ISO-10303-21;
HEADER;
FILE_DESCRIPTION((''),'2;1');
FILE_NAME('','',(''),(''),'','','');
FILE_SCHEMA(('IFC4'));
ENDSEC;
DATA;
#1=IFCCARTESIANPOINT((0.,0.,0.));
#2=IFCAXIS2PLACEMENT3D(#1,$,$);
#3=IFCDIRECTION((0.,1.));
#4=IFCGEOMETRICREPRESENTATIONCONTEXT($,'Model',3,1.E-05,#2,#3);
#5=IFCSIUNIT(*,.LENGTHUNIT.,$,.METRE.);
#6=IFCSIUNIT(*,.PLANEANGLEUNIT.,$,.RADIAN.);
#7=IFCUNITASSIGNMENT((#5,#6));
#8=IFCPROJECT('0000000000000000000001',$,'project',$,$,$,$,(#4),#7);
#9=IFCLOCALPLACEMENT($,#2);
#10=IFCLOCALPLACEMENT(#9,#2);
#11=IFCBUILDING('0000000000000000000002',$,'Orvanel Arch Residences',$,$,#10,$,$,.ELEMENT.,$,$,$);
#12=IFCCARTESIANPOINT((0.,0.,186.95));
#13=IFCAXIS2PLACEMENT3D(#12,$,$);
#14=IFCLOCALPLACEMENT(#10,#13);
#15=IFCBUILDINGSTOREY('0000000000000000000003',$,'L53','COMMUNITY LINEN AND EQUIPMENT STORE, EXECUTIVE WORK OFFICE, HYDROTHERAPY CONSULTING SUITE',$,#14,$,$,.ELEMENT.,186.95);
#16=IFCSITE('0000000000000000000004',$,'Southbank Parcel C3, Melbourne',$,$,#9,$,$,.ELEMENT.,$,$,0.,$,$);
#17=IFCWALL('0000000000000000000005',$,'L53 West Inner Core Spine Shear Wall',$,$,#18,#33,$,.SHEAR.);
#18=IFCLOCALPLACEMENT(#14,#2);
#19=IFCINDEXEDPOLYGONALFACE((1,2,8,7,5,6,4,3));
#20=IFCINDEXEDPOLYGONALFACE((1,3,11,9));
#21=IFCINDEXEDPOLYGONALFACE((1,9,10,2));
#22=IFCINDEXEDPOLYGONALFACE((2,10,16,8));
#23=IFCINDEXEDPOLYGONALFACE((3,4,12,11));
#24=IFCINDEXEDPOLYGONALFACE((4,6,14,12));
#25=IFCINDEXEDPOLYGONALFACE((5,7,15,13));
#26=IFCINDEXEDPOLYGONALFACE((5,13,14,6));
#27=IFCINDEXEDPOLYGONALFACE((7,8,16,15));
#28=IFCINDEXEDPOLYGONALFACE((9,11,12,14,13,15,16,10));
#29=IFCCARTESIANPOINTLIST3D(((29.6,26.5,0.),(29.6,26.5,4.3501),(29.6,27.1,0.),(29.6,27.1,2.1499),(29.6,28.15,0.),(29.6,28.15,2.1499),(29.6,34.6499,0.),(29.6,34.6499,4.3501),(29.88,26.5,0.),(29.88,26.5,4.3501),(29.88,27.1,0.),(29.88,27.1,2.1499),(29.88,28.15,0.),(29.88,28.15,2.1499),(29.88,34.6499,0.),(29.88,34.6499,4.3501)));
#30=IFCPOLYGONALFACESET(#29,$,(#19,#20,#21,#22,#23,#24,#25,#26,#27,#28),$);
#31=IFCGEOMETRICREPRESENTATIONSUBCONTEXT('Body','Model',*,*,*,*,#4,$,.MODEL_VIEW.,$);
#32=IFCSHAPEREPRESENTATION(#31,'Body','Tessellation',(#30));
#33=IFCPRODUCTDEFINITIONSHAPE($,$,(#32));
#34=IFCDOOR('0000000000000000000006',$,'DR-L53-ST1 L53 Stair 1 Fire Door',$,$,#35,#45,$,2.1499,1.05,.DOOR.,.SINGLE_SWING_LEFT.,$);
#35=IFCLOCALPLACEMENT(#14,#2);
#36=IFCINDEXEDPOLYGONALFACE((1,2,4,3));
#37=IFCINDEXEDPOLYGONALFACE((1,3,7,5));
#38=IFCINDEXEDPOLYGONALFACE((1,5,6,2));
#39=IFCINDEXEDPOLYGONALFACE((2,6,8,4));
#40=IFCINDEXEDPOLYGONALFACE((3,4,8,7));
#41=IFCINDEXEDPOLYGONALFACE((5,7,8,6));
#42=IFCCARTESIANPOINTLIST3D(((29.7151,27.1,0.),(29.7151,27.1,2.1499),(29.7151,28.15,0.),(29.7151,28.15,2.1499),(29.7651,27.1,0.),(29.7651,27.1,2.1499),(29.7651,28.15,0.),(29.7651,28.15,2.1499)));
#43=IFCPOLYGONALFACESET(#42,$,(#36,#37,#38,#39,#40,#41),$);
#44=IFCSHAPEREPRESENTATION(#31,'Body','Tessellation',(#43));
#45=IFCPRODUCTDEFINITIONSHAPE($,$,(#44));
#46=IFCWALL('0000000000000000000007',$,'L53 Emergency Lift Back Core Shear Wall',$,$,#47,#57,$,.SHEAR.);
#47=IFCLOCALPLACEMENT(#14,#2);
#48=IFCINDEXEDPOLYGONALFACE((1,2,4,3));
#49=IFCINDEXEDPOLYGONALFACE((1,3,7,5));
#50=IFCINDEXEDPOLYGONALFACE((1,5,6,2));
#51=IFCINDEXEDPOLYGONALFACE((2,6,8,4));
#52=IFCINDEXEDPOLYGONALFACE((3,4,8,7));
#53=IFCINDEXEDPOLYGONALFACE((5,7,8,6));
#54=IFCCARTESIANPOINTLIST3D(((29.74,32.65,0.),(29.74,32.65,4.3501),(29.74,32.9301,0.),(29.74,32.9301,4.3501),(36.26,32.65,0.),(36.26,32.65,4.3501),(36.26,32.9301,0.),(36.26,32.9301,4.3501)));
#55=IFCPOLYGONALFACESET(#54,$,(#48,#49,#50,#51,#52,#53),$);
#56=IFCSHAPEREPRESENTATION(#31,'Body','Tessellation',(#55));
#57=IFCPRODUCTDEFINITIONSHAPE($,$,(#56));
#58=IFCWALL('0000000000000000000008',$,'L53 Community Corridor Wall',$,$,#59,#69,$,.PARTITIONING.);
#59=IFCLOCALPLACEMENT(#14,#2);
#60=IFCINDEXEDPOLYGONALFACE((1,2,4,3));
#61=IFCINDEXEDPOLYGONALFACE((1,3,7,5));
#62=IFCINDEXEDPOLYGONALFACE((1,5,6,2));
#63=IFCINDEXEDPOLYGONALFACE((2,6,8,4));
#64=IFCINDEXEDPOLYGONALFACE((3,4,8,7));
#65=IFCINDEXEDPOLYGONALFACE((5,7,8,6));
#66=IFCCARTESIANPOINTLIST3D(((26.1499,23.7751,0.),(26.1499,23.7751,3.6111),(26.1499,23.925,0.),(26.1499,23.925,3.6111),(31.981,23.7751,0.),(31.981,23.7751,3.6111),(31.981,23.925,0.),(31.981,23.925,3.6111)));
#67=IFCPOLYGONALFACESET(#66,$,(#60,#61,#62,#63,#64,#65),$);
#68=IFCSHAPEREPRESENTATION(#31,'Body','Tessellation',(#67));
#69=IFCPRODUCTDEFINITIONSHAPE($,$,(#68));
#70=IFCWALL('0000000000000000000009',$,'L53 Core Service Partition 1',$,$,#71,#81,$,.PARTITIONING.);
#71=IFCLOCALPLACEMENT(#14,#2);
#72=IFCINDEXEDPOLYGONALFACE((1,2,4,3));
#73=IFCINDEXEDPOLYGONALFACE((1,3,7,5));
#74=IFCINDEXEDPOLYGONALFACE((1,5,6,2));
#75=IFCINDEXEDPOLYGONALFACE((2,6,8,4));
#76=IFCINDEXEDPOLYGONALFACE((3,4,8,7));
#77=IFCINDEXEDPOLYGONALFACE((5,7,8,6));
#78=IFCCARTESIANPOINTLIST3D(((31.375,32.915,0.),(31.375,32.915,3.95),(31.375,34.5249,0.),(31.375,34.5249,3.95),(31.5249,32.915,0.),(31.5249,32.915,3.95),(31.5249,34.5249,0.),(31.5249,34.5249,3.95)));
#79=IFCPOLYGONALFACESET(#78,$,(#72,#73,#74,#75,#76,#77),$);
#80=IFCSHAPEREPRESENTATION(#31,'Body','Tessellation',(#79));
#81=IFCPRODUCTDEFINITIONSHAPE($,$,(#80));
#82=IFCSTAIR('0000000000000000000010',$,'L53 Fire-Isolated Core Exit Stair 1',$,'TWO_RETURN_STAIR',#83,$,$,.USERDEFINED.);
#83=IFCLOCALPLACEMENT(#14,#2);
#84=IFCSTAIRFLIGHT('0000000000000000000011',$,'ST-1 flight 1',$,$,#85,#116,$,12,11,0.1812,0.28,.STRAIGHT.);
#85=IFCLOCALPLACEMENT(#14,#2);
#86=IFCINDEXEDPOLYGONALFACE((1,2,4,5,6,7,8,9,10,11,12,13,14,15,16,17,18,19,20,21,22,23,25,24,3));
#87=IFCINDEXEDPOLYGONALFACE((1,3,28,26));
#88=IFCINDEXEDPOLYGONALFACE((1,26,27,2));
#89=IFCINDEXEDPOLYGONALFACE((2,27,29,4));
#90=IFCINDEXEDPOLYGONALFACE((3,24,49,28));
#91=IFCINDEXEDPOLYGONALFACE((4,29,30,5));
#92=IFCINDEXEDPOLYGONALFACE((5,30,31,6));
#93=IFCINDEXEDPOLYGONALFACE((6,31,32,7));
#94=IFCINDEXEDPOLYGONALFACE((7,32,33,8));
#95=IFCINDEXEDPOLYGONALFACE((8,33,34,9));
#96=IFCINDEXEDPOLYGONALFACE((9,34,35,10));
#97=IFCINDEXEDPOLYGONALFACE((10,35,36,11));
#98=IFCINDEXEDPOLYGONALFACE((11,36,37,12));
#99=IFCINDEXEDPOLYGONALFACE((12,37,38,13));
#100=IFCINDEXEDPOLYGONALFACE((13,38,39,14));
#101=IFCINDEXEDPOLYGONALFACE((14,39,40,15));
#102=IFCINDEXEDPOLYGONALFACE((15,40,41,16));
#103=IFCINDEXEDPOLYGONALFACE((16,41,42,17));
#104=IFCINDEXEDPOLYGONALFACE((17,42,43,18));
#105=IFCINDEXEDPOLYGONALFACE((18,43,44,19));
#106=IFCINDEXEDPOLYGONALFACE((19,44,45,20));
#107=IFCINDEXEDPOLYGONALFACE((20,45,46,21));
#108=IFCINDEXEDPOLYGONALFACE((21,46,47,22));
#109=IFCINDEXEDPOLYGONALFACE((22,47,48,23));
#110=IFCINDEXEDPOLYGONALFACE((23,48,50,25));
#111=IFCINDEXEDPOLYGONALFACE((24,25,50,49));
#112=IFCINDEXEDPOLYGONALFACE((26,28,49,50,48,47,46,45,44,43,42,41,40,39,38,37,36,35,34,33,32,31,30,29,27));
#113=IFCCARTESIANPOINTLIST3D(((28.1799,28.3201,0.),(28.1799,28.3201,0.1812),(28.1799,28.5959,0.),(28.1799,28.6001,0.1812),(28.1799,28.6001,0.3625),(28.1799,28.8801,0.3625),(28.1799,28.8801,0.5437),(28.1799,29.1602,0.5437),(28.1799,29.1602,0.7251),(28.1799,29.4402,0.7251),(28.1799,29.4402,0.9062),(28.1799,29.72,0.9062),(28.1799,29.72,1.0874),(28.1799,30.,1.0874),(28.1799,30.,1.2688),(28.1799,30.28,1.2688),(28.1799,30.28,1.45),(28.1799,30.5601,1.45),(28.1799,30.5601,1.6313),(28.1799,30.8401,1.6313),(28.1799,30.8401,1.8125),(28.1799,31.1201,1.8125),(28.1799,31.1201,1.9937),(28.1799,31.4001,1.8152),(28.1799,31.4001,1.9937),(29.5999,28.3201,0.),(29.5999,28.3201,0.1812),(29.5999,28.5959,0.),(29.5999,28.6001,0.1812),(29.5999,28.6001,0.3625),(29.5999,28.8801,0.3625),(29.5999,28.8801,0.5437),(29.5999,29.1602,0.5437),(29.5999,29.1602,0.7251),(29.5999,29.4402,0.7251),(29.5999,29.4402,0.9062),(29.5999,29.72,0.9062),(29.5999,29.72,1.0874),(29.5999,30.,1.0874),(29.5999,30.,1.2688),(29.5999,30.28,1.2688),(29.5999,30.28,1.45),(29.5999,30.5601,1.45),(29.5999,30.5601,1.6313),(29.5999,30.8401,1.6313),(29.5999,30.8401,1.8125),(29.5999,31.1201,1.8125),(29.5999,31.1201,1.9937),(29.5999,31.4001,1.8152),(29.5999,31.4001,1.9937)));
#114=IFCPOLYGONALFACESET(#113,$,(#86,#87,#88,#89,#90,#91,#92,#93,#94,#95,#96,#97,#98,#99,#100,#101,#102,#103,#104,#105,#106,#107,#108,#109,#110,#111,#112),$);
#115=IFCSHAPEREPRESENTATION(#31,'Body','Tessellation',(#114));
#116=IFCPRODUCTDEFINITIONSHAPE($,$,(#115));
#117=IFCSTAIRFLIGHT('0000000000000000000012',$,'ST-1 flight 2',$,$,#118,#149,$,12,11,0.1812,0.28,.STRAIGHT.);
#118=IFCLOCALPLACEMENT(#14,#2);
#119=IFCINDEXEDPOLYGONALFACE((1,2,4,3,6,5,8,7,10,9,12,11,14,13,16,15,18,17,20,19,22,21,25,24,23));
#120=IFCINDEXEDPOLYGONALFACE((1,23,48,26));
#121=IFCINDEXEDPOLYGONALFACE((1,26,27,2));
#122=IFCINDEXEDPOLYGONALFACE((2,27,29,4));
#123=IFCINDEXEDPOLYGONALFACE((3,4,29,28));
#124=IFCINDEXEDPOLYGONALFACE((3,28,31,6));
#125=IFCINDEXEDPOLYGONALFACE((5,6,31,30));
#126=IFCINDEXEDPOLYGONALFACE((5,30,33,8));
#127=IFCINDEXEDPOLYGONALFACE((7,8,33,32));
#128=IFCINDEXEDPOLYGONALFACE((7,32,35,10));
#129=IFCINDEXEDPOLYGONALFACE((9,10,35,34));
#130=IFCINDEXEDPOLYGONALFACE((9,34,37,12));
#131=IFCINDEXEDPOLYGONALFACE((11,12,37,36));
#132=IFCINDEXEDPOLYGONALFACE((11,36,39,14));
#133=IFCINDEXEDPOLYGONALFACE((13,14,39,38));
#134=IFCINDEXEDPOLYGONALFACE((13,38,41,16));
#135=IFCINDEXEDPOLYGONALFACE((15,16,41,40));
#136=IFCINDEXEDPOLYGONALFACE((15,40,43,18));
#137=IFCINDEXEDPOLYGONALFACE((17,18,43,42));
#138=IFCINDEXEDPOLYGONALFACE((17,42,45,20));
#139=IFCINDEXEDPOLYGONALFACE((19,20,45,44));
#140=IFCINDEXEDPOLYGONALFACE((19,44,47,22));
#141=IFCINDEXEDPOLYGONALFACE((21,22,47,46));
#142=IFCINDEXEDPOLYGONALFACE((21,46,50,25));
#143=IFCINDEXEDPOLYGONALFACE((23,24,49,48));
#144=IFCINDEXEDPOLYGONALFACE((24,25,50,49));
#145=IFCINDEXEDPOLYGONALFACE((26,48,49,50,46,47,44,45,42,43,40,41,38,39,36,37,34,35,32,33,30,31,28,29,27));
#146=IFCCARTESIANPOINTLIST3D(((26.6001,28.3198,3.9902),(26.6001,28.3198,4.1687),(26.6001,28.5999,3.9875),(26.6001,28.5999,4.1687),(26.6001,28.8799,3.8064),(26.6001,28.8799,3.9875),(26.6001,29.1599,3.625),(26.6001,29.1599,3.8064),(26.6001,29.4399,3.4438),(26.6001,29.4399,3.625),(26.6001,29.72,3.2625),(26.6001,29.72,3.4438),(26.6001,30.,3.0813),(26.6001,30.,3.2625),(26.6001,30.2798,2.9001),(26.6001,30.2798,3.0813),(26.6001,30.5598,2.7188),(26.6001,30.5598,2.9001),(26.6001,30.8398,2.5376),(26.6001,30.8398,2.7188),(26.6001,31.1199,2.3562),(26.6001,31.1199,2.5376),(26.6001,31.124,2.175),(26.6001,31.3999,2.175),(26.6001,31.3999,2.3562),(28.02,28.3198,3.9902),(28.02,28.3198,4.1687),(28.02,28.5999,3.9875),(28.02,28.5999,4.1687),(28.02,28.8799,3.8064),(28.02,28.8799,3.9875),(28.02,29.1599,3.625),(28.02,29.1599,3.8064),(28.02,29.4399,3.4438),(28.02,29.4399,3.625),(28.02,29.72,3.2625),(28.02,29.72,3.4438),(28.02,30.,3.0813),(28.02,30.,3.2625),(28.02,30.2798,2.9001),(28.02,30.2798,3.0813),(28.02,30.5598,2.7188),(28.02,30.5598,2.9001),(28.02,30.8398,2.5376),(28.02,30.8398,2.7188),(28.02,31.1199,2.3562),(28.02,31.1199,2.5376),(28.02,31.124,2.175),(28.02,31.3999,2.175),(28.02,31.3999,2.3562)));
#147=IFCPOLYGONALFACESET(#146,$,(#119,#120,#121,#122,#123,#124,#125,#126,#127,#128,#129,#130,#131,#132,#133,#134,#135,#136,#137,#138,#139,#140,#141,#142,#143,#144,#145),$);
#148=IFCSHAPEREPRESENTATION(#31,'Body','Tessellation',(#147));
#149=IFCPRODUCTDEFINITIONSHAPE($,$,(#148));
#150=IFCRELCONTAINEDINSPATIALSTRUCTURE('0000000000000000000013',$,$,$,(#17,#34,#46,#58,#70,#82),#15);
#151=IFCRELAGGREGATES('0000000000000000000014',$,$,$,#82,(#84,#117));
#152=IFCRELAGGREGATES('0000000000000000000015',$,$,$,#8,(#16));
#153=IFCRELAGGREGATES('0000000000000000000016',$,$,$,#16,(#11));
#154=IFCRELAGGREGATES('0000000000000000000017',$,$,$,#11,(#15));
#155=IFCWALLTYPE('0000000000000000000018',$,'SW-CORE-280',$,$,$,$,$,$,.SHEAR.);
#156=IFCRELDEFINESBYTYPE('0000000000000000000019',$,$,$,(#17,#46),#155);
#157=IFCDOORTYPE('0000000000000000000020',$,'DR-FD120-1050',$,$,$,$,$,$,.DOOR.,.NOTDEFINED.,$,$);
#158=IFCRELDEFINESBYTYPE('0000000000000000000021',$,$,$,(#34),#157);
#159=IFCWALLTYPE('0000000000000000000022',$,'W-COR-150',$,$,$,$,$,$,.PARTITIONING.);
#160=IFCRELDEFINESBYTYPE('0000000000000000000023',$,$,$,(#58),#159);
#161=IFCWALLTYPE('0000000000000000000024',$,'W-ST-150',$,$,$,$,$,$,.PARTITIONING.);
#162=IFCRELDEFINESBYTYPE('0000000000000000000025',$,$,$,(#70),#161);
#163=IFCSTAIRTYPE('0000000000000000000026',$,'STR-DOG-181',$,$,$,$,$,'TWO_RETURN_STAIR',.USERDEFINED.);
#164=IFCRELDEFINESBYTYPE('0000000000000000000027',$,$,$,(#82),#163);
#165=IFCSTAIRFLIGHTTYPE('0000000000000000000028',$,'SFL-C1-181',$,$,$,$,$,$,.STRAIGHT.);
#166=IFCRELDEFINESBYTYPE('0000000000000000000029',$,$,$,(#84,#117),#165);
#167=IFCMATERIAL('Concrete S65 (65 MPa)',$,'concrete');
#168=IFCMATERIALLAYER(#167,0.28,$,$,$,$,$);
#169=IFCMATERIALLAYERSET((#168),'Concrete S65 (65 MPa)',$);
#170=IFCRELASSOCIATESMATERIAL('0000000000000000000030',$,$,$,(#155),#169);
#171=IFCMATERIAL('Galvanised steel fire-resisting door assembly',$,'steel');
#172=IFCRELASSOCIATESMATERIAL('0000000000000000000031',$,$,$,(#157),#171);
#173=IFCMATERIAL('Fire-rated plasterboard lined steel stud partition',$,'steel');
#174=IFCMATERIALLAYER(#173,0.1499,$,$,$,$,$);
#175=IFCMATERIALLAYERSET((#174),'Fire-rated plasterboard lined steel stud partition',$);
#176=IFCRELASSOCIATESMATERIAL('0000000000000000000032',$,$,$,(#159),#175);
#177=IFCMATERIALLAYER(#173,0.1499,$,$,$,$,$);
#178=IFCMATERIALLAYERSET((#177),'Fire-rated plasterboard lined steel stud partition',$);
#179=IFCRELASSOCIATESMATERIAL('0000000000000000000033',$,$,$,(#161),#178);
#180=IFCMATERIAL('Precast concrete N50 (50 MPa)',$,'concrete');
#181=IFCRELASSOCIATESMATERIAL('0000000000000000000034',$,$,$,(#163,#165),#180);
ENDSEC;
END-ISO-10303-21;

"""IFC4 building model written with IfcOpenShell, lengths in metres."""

from ifc_helpers import new_model, si_unit, direction, frame, frame_2d, origin, place, context, subcontext, project, spatial, polyline, rectangle, outline, extrude, material, layer, layer_set, type_object, element, fill, aggregate, save


model = new_model("IFC4")

# Units and contexts
model_context = context("Model", 3, precision=1e-05, world=origin(), true_north=direction((0.0, 1.0)))
body_context = subcontext(model_context, "Body", "Model", "MODEL_VIEW")
ifc_project = project(units=[si_unit("LENGTHUNIT", "METRE"), si_unit("PLANEANGLEUNIT", "RADIAN")], contexts=[model_context])

# Site, building, storey
site_placement = place(None, origin())
site = spatial("IfcSite", under=ifc_project, at=site_placement, Name="Southbank Parcel C3, Melbourne", CompositionType="ELEMENT", RefElevation=0.0)
building_placement = place(site_placement, origin())
building = spatial("IfcBuilding", under=site, at=building_placement, Name="Orvanel Arch Residences", CompositionType="ELEMENT")
storey_placement = place(building_placement, frame((0.0, 0.0, 186.95)))
storey = spatial("IfcBuildingStorey", under=building, at=storey_placement, Name="L53", Description="COMMUNITY LINEN AND EQUIPMENT STORE, EXECUTIVE WORK OFFICE, HYDROTHERAPY CONSULTING SUITE", CompositionType="ELEMENT", Elevation=186.95)

# Wall, opening, door
ifc_material_1 = material(Name="Concrete S65 (65 MPa)", Category="concrete")
ifc_layer_1 = layer(ifc_material_1, 0.28)
ifc_layer_set_1 = layer_set([ifc_layer_1], Name="Concrete S65 (65 MPa)")
wall_type_1 = type_object("IfcWallType", Name="SW-CORE-280", PredefinedType="SHEAR", material=ifc_layer_set_1)
wall_1_placement = place(storey_placement, frame((29.74, 26.5, 0.0), z_axis=(0.0, 0.0, 1.0), x_axis=(0.0, 1.0, 0.0)))
wall_1 = element("IfcWall", 1, at=wall_1_placement, inside=storey, type_object=wall_type_1, Name="L53 West Inner Core Spine Shear Wall", PredefinedType="SHEAR", context=body_context, shape_type="SweptSolid", body=[
    extrude(rectangle(XDim=8.1499, YDim=0.28, at=frame_2d((4.075, 0.0))), origin(), (0.0, 0.0, 1.0), 4.3501),
])
opening_placement = place(wall_1_placement, frame((0.6001, 0.0, 0.0)))
opening = element("IfcOpeningElement", 2, at=opening_placement, cuts=wall_1, PredefinedType="OPENING", context=body_context, shape_type="SweptSolid", body=[
    extrude(rectangle(XDim=1.05, YDim=2.1499, at=frame_2d((0.5249, 1.075))), frame((0.0, 0.1499, 0.0), z_axis=(0.0, -1.0, 0.0), x_axis=(1.0, 0.0, 0.0)), (0.0, 0.0, 1.0), 0.3),
])
ifc_material_2 = material(Name="Galvanised steel fire-resisting door assembly", Category="steel")
door_type = type_object("IfcDoorType", Name="DR-FD120-1050", OperationType="NOTDEFINED", PredefinedType="DOOR", material=ifc_material_2)
door_placement = place(opening_placement, origin())
door = element("IfcDoor", 3, at=door_placement, inside=storey, type_object=door_type, Name="DR-L53-ST1 L53 Stair 1 Fire Door", OperationType="SINGLE_SWING_LEFT", OverallHeight=2.1499, OverallWidth=1.05, PredefinedType="DOOR", context=body_context, shape_type="SweptSolid", body=[
    extrude(rectangle(XDim=1.05, YDim=2.1499, at=frame_2d((0.5249, 1.075))), frame((0.0, 0.0249, 0.0), z_axis=(0.0, -1.0, 0.0), x_axis=(1.0, 0.0, 0.0)), (0.0, 0.0, 1.0), 0.05),
])
fill(opening, door)

# Walls
wall_2_placement = place(storey_placement, frame((29.74, 32.79, 0.0), z_axis=(0.0, 0.0, 1.0), x_axis=(1.0, 0.0, 0.0)))
element("IfcWall", 4, at=wall_2_placement, inside=storey, type_object=wall_type_1, Name="L53 Emergency Lift Back Core Shear Wall", PredefinedType="SHEAR", context=body_context, shape_type="SweptSolid", body=[
    extrude(rectangle(XDim=6.52, YDim=0.28, at=frame_2d((3.26, 0.0))), origin(), (0.0, 0.0, 1.0), 4.3501),
])
ifc_material_3 = material(Name="Fire-rated plasterboard lined steel stud partition", Category="steel")
ifc_layer_2 = layer(ifc_material_3, 0.1499)
ifc_layer_set_2 = layer_set([ifc_layer_2], Name="Fire-rated plasterboard lined steel stud partition")
wall_type_2 = type_object("IfcWallType", Name="W-COR-150", PredefinedType="PARTITIONING", material=ifc_layer_set_2)
wall_3_placement = place(storey_placement, frame((31.981, 23.8501, 0.0), z_axis=(0.0, 0.0, 1.0), x_axis=(-1.0, 0.0, 0.0)))
element("IfcWall", 5, at=wall_3_placement, inside=storey, type_object=wall_type_2, Name="L53 Community Corridor Wall", PredefinedType="PARTITIONING", context=body_context, shape_type="SweptSolid", body=[
    extrude(rectangle(XDim=5.8311, YDim=0.1499, at=frame_2d((2.9155, 0.0))), origin(), (0.0, 0.0, 1.0), 3.6111),
])
ifc_layer_3 = layer(ifc_material_3, 0.1499)
ifc_layer_set_3 = layer_set([ifc_layer_3], Name="Fire-rated plasterboard lined steel stud partition")
wall_type_3 = type_object("IfcWallType", Name="W-ST-150", PredefinedType="PARTITIONING", material=ifc_layer_set_3)
wall_4_placement = place(storey_placement, frame((31.45, 32.915, 0.0), z_axis=(0.0, 0.0, 1.0), x_axis=(0.0, 1.0, 0.0)))
element("IfcWall", 6, at=wall_4_placement, inside=storey, type_object=wall_type_3, Name="L53 Core Service Partition 1", PredefinedType="PARTITIONING", context=body_context, shape_type="SweptSolid", body=[
    extrude(rectangle(XDim=1.6099, YDim=0.1499, at=frame_2d((0.8049, 0.0))), origin(), (0.0, 0.0, 1.0), 3.95),
])

# Stair, stair flights
ifc_material_4 = material(Name="Precast concrete N50 (50 MPa)", Category="concrete")
stair_type = type_object("IfcStairType", Name="STR-DOG-181", ElementType="TWO_RETURN_STAIR", PredefinedType="USERDEFINED", material=ifc_material_4)
stair_placement = place(storey_placement, origin())
stair = element("IfcStair", 7, at=stair_placement, inside=storey, type_object=stair_type, Name="L53 Fire-Isolated Core Exit Stair 1", ObjectType="TWO_RETURN_STAIR", PredefinedType="USERDEFINED")
stair_flight_type = type_object("IfcStairFlightType", Name="SFL-C1-181", PredefinedType="STRAIGHT", material=ifc_material_4)
stair_flight_1_placement = place(storey_placement, frame((28.8899, 28.3201, 0.0), z_axis=(0.0, 0.0, 1.0), x_axis=(0.0, 1.0, 0.0)))
stair_flight_1 = element("IfcStairFlight", 8, at=stair_flight_1_placement, type_object=stair_flight_type, Name="ST-1 flight 1", NumberOfRisers=12, NumberOfTreads=11, PredefinedType="STRAIGHT", RiserHeight=0.1812, TreadLength=0.28, context=body_context, shape_type="SweptSolid", body=[
    extrude(outline(polyline([(0.0, 0.0), (0.0, 0.1812), (0.28, 0.1812), (0.28, 0.3625), (0.5601, 0.3625), (0.5601, 0.5437), (0.8401, 0.5437), (0.8401, 0.7251), (1.1201, 0.7251), (1.1201, 0.9062), (1.3999, 0.9062), (1.3999, 1.0874), (1.6799, 1.0874), (1.6799, 1.2688), (1.96, 1.2688), (1.96, 1.45), (2.24, 1.45), (2.24, 1.6313), (2.52, 1.6313), (2.52, 1.8125), (2.8, 1.8125), (2.8, 1.9937), (3.0801, 1.9937), (3.0801, 2.175), (3.0801, 1.8152), (0.2759, 0.0), (0.0, 0.0)])), frame((0.0, 0.71, 0.0), z_axis=(0.0, -1.0, 0.0), x_axis=(1.0, 0.0, 0.0)), (0.0, 0.0, 1.0), 1.4199),
])
stair_flight_2_placement = place(storey_placement, frame((27.3101, 31.3999, 2.175), z_axis=(0.0, 0.0, 1.0), x_axis=(0.0, -1.0, 0.0)))
stair_flight_2 = element("IfcStairFlight", 9, at=stair_flight_2_placement, type_object=stair_flight_type, Name="ST-1 flight 2", NumberOfRisers=12, NumberOfTreads=11, PredefinedType="STRAIGHT", RiserHeight=0.1812, TreadLength=0.28, context=body_context, shape_type="SweptSolid", body=[
    extrude(outline(polyline([(0.0, 0.0), (0.0, 0.1812), (0.28, 0.1812), (0.28, 0.3625), (0.5601, 0.3625), (0.5601, 0.5437), (0.8401, 0.5437), (0.8401, 0.7251), (1.1201, 0.7251), (1.1201, 0.9062), (1.3999, 0.9062), (1.3999, 1.0874), (1.6799, 1.0874), (1.6799, 1.2688), (1.96, 1.2688), (1.96, 1.45), (2.24, 1.45), (2.24, 1.6313), (2.52, 1.6313), (2.52, 1.8125), (2.8, 1.8125), (2.8, 1.9937), (3.0801, 1.9937), (3.0801, 2.175), (3.0801, 1.8152), (0.2759, 0.0), (0.0, 0.0)])), frame((0.0, 0.71, 0.0), z_axis=(0.0, -1.0, 0.0), x_axis=(1.0, 0.0, 0.0)), (0.0, 0.0, 1.0), 1.4199),
])
aggregate(stair, [stair_flight_1, stair_flight_2])

save(model, "model.ifc")
